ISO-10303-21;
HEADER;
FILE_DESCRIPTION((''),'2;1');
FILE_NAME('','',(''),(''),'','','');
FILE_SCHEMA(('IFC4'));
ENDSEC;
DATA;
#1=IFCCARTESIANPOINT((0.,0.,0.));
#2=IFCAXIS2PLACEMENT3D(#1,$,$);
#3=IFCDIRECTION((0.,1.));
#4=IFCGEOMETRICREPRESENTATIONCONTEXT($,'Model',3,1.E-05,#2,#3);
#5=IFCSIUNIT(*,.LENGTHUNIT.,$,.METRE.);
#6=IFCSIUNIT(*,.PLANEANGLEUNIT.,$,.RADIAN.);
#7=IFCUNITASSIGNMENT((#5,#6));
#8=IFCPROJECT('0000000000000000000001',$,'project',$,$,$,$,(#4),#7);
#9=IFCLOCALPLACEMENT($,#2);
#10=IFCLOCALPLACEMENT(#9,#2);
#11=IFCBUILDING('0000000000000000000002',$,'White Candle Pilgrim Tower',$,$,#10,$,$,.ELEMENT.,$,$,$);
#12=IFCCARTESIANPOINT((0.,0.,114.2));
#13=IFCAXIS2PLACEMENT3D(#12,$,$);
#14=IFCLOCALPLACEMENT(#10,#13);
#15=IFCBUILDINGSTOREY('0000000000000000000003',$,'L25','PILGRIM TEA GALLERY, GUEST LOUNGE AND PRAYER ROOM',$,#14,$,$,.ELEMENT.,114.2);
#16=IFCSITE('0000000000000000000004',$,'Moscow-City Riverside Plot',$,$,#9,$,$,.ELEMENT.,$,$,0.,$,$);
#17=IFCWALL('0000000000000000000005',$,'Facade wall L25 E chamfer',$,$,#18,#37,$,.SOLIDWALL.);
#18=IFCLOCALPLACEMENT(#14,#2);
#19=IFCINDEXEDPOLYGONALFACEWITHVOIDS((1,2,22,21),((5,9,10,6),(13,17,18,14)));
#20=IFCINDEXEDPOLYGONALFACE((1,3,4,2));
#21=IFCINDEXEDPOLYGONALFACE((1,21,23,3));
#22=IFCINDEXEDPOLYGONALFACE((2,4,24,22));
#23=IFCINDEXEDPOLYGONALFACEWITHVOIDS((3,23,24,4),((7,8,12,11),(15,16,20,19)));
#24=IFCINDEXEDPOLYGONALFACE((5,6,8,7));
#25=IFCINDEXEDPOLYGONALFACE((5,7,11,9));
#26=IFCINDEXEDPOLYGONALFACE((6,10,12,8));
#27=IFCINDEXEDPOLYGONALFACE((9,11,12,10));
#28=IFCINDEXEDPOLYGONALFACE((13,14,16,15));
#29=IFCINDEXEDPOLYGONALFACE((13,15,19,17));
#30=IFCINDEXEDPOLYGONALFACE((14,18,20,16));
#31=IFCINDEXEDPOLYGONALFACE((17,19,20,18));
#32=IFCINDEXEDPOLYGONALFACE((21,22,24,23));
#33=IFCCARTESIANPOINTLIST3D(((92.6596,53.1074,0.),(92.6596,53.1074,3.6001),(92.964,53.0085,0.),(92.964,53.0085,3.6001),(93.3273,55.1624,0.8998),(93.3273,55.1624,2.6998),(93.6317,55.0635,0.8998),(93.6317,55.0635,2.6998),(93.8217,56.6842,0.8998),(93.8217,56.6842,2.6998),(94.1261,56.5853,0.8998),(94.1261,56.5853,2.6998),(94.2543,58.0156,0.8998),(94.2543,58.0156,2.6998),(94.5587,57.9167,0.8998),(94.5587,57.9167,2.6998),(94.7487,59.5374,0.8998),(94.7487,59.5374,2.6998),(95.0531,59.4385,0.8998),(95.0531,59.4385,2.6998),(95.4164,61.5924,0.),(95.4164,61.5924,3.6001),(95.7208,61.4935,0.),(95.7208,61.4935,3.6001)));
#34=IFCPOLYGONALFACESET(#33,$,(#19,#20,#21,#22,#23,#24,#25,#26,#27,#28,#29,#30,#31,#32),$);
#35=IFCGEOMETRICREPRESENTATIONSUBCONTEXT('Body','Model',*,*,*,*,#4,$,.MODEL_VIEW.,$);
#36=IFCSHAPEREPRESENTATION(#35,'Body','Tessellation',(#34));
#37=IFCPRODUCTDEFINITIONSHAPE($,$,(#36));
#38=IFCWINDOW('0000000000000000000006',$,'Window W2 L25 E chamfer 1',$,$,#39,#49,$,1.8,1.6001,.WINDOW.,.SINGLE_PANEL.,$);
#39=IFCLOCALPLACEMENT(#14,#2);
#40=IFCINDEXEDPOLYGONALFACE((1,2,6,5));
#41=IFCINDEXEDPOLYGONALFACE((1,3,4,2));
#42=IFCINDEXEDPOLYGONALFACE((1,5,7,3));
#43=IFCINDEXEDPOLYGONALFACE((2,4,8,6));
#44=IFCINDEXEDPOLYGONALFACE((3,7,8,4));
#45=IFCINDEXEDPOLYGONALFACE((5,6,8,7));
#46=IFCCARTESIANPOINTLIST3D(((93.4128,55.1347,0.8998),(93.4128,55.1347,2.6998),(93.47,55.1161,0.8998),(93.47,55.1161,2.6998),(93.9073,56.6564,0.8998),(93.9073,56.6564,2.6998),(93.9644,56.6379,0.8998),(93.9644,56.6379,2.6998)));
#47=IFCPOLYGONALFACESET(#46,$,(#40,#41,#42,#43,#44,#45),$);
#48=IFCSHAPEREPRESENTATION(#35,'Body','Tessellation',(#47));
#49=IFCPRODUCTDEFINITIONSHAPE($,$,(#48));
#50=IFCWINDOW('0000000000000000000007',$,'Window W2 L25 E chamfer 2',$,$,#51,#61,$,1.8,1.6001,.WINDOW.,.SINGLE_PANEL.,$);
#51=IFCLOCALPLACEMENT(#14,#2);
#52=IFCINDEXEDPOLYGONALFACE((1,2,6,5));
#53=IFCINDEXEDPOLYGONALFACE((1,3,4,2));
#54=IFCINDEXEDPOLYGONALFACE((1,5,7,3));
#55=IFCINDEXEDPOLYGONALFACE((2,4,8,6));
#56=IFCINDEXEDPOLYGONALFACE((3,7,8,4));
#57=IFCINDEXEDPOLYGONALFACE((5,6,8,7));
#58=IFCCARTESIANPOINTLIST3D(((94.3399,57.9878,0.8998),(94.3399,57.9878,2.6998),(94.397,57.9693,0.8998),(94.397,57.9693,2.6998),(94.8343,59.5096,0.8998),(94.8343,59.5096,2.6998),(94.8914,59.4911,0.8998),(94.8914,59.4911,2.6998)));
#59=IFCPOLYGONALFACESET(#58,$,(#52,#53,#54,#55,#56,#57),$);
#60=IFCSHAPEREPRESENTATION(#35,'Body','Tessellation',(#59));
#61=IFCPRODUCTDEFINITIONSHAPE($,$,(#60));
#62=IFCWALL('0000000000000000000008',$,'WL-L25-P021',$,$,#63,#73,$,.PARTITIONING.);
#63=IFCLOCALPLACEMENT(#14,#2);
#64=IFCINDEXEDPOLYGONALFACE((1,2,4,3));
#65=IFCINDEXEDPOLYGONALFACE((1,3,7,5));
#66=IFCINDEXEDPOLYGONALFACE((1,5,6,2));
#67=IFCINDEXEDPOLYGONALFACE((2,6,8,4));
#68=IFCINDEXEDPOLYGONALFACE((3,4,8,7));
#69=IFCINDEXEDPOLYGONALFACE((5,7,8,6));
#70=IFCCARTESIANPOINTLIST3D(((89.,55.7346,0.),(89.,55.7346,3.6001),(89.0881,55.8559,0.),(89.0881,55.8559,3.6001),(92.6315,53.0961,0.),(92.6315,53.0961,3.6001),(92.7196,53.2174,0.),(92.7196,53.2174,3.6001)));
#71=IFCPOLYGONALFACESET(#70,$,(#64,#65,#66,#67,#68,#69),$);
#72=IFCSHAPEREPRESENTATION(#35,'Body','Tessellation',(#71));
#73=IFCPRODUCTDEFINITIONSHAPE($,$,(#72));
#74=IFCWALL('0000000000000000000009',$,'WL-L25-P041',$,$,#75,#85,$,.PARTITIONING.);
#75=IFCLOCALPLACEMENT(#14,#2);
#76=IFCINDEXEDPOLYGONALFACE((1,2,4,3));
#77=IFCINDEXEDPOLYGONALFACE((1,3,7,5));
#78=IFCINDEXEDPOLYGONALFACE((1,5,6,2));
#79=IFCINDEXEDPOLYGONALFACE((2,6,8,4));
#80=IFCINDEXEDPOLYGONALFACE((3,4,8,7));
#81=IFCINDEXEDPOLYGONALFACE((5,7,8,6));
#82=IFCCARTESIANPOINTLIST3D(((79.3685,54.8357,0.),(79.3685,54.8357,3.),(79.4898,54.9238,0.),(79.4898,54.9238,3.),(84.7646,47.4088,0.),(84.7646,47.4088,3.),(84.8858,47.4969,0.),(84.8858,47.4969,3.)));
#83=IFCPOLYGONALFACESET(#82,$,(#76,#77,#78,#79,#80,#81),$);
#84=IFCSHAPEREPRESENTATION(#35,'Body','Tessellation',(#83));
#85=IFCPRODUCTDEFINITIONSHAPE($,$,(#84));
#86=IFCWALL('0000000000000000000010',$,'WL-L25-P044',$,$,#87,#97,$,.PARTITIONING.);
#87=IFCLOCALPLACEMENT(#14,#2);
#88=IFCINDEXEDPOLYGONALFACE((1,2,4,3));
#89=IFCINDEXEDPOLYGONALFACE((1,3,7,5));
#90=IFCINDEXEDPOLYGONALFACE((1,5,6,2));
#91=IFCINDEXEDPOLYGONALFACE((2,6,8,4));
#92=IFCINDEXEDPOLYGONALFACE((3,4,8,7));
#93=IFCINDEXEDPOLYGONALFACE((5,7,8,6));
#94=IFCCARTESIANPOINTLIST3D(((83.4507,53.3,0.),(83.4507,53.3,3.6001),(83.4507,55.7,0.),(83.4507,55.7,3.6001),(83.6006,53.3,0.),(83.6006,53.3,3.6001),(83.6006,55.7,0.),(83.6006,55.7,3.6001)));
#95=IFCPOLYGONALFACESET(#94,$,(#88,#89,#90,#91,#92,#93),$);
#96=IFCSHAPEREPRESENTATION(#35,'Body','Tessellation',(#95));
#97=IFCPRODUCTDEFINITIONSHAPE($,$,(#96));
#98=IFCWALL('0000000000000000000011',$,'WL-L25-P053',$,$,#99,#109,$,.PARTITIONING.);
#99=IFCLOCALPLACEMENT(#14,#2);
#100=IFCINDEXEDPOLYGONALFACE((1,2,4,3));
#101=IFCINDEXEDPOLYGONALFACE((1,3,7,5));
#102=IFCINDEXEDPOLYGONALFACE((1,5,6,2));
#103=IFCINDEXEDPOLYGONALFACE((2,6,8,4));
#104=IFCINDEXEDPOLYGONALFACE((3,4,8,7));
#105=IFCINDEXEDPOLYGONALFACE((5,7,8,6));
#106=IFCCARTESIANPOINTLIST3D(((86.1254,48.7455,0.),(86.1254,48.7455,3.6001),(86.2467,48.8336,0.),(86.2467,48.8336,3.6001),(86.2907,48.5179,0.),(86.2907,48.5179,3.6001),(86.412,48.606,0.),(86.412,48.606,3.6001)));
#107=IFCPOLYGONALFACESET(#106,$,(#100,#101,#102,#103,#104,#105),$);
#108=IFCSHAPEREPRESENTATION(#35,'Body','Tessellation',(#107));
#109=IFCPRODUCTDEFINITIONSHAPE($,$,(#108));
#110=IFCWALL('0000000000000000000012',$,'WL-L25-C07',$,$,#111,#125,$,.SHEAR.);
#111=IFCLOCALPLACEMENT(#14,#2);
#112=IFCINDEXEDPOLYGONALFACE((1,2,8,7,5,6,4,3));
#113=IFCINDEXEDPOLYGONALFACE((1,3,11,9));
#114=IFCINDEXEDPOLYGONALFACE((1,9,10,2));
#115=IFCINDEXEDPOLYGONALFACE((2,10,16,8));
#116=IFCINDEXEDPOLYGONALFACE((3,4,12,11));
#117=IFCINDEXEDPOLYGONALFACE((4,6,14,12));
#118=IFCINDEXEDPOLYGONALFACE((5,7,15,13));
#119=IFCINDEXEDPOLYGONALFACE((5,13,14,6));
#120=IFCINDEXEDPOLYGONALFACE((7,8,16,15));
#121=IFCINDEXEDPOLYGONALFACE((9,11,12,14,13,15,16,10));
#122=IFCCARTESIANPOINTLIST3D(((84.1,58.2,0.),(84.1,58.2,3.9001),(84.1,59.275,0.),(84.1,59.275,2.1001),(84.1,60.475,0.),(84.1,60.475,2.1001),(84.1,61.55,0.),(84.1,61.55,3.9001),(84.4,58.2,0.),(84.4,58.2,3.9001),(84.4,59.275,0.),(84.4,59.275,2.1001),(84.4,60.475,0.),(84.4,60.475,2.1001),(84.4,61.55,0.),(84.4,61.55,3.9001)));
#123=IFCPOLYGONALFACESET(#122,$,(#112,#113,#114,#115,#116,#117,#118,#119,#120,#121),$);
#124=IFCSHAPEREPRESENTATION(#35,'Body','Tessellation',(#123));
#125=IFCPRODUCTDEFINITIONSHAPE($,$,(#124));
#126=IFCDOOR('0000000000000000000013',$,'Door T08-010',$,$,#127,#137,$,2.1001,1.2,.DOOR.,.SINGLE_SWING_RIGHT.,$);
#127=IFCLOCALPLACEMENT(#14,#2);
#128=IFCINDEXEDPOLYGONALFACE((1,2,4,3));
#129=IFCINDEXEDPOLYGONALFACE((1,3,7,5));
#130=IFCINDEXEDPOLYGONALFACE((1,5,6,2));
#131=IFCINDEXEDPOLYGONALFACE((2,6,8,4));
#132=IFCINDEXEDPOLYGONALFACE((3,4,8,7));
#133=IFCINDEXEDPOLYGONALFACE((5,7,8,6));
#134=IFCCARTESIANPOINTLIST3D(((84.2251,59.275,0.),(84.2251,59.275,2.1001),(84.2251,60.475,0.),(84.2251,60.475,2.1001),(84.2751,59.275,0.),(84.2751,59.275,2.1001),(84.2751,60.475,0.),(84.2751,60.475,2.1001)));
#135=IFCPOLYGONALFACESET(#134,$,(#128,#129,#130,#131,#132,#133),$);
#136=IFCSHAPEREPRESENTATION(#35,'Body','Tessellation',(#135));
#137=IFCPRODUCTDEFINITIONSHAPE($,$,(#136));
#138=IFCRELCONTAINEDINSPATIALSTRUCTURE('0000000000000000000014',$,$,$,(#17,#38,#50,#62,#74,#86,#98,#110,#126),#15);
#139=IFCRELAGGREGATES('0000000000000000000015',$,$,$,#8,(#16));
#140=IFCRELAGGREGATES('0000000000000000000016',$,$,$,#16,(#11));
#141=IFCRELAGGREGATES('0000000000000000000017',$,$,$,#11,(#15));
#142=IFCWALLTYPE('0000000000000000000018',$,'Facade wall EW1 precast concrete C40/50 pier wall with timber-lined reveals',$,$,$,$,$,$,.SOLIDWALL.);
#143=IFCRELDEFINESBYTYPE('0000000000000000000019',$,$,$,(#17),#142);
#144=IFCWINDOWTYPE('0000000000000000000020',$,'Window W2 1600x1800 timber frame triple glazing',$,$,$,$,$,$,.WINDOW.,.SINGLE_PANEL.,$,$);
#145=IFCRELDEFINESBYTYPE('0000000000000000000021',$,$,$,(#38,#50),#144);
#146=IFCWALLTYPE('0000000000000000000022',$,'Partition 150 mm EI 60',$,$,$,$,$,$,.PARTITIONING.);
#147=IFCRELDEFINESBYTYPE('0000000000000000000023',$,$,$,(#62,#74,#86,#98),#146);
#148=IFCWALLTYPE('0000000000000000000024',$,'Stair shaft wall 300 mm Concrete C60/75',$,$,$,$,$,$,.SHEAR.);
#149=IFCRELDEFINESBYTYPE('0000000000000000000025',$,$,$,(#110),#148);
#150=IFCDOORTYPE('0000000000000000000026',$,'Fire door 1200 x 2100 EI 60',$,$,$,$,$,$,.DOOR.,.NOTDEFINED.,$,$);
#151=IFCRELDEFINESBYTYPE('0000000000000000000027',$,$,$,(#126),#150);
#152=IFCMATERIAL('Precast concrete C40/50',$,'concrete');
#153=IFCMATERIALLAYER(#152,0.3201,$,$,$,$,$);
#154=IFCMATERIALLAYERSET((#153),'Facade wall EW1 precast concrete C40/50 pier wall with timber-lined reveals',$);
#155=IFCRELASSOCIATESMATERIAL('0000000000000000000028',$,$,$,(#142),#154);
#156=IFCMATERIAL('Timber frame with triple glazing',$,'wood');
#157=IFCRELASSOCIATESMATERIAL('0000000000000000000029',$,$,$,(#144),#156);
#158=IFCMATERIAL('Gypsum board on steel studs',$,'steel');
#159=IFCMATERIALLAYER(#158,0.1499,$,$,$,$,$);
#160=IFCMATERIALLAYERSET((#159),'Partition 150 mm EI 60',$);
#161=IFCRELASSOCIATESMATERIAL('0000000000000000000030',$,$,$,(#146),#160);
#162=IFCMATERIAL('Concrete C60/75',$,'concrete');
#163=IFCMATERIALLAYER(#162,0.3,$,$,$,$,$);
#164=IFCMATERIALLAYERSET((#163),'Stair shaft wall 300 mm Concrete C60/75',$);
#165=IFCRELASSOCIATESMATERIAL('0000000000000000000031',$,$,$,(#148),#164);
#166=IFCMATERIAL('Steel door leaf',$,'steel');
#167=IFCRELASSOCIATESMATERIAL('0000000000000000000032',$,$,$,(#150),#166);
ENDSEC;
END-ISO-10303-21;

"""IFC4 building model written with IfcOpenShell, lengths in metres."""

from ifc_helpers import new_model, si_unit, direction, frame, frame_2d, origin, place, context, subcontext, project, spatial, rectangle, extrude, material, layer, layer_set, type_object, element, fill, save


model = new_model("IFC4")

# Units and contexts
model_context = context("Model", 3, precision=1e-05, world=origin(), true_north=direction((0.0, 1.0)))
body_context = subcontext(model_context, "Body", "Model", "MODEL_VIEW")
ifc_project = project(units=[si_unit("LENGTHUNIT", "METRE"), si_unit("PLANEANGLEUNIT", "RADIAN")], contexts=[model_context])

# Site, building, storey
site_placement = place(None, origin())
site = spatial("IfcSite", under=ifc_project, at=site_placement, Name="Moscow-City Riverside Plot", CompositionType="ELEMENT", RefElevation=0.0)
building_placement = place(site_placement, origin())
building = spatial("IfcBuilding", under=site, at=building_placement, Name="White Candle Pilgrim Tower", CompositionType="ELEMENT")
storey_placement = place(building_placement, frame((0.0, 0.0, 114.2)))
storey = spatial("IfcBuildingStorey", under=building, at=storey_placement, Name="L25", Description="PILGRIM TEA GALLERY, GUEST LOUNGE AND PRAYER ROOM", CompositionType="ELEMENT", Elevation=114.2)

# Shared definitions
ifc_material_1 = material(Name="Gypsum board on steel studs", Category="steel")
ifc_material_2 = material(Name="Steel door leaf", Category="steel")

# Wall, openings, windows
ifc_material_3 = material(Name="Precast concrete C40/50", Category="concrete")
ifc_layer_1 = layer(ifc_material_3, 0.3201)
ifc_layer_set_1 = layer_set([ifc_layer_1], Name="Facade wall EW1 precast concrete C40/50 pier wall with timber-lined reveals")
wall_type_1 = type_object("IfcWallType", Name="Facade wall EW1 precast concrete C40/50 pier wall with timber-lined reveals", PredefinedType="SOLIDWALL", material=ifc_layer_set_1)
wall_1_placement = place(storey_placement, frame((92.8118, 53.0579, 0.0), z_axis=(0.0, 0.0, 1.0), x_axis=(0.309003, 0.951061, 0.0)))
wall_1 = element("IfcWall", 1, at=wall_1_placement, inside=storey, type_object=wall_type_1, Name="Facade wall L25 E chamfer", PredefinedType="SOLIDWALL", context=body_context, shape_type="SweptSolid", body=[
    extrude(rectangle(XDim=8.9216, YDim=0.3201, at=frame_2d((4.4609, 0.0))), origin(), (0.0, 0.0, 1.0), 3.6001),
])
opening_1_placement = place(wall_1_placement, frame((2.1609, 0.0, 0.8999)))
opening_1 = element("IfcOpeningElement", 2, at=opening_1_placement, cuts=wall_1, PredefinedType="OPENING", context=body_context, shape_type="SweptSolid", body=[
    extrude(rectangle(XDim=1.6001, YDim=1.8, at=frame_2d((0.8, 0.8999))), frame((0.0, 0.1699, 0.0), z_axis=(0.0, -1.0, 0.0), x_axis=(1.0, 0.0, 0.0)), (0.0, 0.0, 1.0), 0.3401),
])
opening_2_placement = place(wall_1_placement, frame((5.1609, 0.0, 0.8999)))
opening_2 = element("IfcOpeningElement", 3, at=opening_2_placement, cuts=wall_1, PredefinedType="OPENING", context=body_context, shape_type="SweptSolid", body=[
    extrude(rectangle(XDim=1.6001, YDim=1.8, at=frame_2d((0.8, 0.8999))), frame((0.0, 0.1699, 0.0), z_axis=(0.0, -1.0, 0.0), x_axis=(1.0, 0.0, 0.0)), (0.0, 0.0, 1.0), 0.3401),
])
ifc_material_4 = material(Name="Timber frame with triple glazing", Category="wood")
window_type = type_object("IfcWindowType", Name="Window W2 1600x1800 timber frame triple glazing", PartitioningType="SINGLE_PANEL", PredefinedType="WINDOW", material=ifc_material_4)
window_1_placement = place(opening_1_placement, origin())
window_1 = element("IfcWindow", 4, at=window_1_placement, inside=storey, type_object=window_type, Name="Window W2 L25 E chamfer 1", OverallHeight=1.8, OverallWidth=1.6001, PartitioningType="SINGLE_PANEL", PredefinedType="WINDOW", context=body_context, shape_type="SweptSolid", body=[
    extrude(rectangle(XDim=1.6001, YDim=1.8, at=frame_2d((0.8, 0.8999))), frame((0.0, 0.0701, 0.0), z_axis=(0.0, -1.0, 0.0), x_axis=(1.0, 0.0, 0.0)), (0.0, 0.0, 1.0), 0.0601),
])
fill(opening_1, window_1)
window_2_placement = place(opening_2_placement, origin())
window_2 = element("IfcWindow", 5, at=window_2_placement, inside=storey, type_object=window_type, Name="Window W2 L25 E chamfer 2", OverallHeight=1.8, OverallWidth=1.6001, PartitioningType="SINGLE_PANEL", PredefinedType="WINDOW", context=body_context, shape_type="SweptSolid", body=[
    extrude(rectangle(XDim=1.6001, YDim=1.8, at=frame_2d((0.8, 0.8999))), frame((0.0, 0.0701, 0.0), z_axis=(0.0, -1.0, 0.0), x_axis=(1.0, 0.0, 0.0)), (0.0, 0.0, 1.0), 0.0601),
])
fill(opening_2, window_2)

# Walls
ifc_layer_2 = layer(ifc_material_1, 0.1499)
ifc_layer_set_2 = layer_set([ifc_layer_2], Name="Partition 150 mm EI 60")
wall_type_2 = type_object("IfcWallType", Name="Partition 150 mm EI 60", PredefinedType="PARTITIONING", material=ifc_layer_set_2)
wall_2_placement = place(storey_placement, frame((92.6755, 53.1567, 0.0), z_axis=(0.0, 0.0, 1.0), x_axis=(-0.809006, 0.5878, 0.0)))
element("IfcWall", 6, at=wall_2_placement, inside=storey, type_object=wall_type_2, Name="WL-L25-P021", PredefinedType="PARTITIONING", context=body_context, shape_type="SweptSolid", body=[
    extrude(rectangle(XDim=4.4888, YDim=0.1499, at=frame_2d((2.2444, 0.0))), origin(), (0.0, 0.0, 1.0), 3.6001),
])
wall_3_placement = place(storey_placement, frame((84.8252, 47.4529, 0.0), z_axis=(0.0, 0.0, 1.0), x_axis=(-0.587795, 0.80901, 0.0)))
element("IfcWall", 7, at=wall_3_placement, inside=storey, type_object=wall_type_2, Name="WL-L25-P041", PredefinedType="PARTITIONING", context=body_context, shape_type="SweptSolid", body=[
    extrude(rectangle(XDim=9.1802, YDim=0.1499, at=frame_2d((4.5901, 0.0))), origin(), (0.0, 0.0, 1.0), 3.0),
])
wall_4_placement = place(storey_placement, frame((83.5256, 55.7, 0.0), z_axis=(0.0, 0.0, 1.0), x_axis=(0.0, -1.0, 0.0)))
element("IfcWall", 8, at=wall_4_placement, inside=storey, type_object=wall_type_2, Name="WL-L25-P044", PredefinedType="PARTITIONING", context=body_context, shape_type="SweptSolid", body=[
    extrude(rectangle(XDim=2.3999, YDim=0.1499, at=frame_2d((1.2, 0.0))), origin(), (0.0, 0.0, 1.0), 3.6001),
])
wall_5_placement = place(storey_placement, frame((86.186, 48.7896, 0.0), z_axis=(0.0, 0.0, 1.0), x_axis=(0.587707, -0.809074, 0.0)))
element("IfcWall", 9, at=wall_5_placement, inside=storey, type_object=wall_type_2, Name="WL-L25-P053", PredefinedType="PARTITIONING", context=body_context, shape_type="SweptSolid", body=[
    extrude(rectangle(XDim=0.2812, YDim=0.1499, at=frame_2d((0.1406, 0.0))), origin(), (0.0, 0.0, 1.0), 3.6001),
])

# Wall, opening, door
ifc_material_5 = material(Name="Concrete C60/75", Category="concrete")
ifc_layer_3 = layer(ifc_material_5, 0.3)
ifc_layer_set_3 = layer_set([ifc_layer_3], Name="Stair shaft wall 300 mm Concrete C60/75")
wall_type_3 = type_object("IfcWallType", Name="Stair shaft wall 300 mm Concrete C60/75", PredefinedType="SHEAR", material=ifc_layer_set_3)
wall_6_placement = place(storey_placement, frame((84.25, 58.2, 0.0), z_axis=(0.0, 0.0, 1.0), x_axis=(0.0, 1.0, 0.0)))
wall_6 = element("IfcWall", 10, at=wall_6_placement, inside=storey, type_object=wall_type_3, Name="WL-L25-C07", PredefinedType="SHEAR", context=body_context, shape_type="SweptSolid", body=[
    extrude(rectangle(XDim=3.3501, YDim=0.3, at=frame_2d((1.675, 0.0))), origin(), (0.0, 0.0, 1.0), 3.9001),
])
opening_3_placement = place(wall_6_placement, frame((1.075, 0.0, 0.0)))
opening_3 = element("IfcOpeningElement", 11, at=opening_3_placement, cuts=wall_6, PredefinedType="OPENING", context=body_context, shape_type="SweptSolid", body=[
    extrude(rectangle(XDim=1.2, YDim=2.1001, at=frame_2d((0.6001, 1.05))), frame((0.0, 0.1599, 0.0), z_axis=(0.0, -1.0, 0.0), x_axis=(1.0, 0.0, 0.0)), (0.0, 0.0, 1.0), 0.3201),
])
door_type_1 = type_object("IfcDoorType", Name="Fire door 1200 x 2100 EI 60", OperationType="NOTDEFINED", PredefinedType="DOOR", material=ifc_material_2)
door_1_placement = place(opening_3_placement, origin())
door_1 = element("IfcDoor", 12, at=door_1_placement, inside=storey, type_object=door_type_1, Name="Door T08-010", OperationType="SINGLE_SWING_RIGHT", OverallHeight=2.1001, OverallWidth=1.2, PredefinedType="DOOR", context=body_context, shape_type="SweptSolid", body=[
    extrude(rectangle(XDim=1.2, YDim=2.1001, at=frame_2d((0.6001, 1.05))), frame((0.0, 0.0249, 0.0), z_axis=(0.0, -1.0, 0.0), x_axis=(1.0, 0.0, 0.0)), (0.0, 0.0, 1.0), 0.05),
])
fill(opening_3, door_1)

save(model, "model.ifc")
